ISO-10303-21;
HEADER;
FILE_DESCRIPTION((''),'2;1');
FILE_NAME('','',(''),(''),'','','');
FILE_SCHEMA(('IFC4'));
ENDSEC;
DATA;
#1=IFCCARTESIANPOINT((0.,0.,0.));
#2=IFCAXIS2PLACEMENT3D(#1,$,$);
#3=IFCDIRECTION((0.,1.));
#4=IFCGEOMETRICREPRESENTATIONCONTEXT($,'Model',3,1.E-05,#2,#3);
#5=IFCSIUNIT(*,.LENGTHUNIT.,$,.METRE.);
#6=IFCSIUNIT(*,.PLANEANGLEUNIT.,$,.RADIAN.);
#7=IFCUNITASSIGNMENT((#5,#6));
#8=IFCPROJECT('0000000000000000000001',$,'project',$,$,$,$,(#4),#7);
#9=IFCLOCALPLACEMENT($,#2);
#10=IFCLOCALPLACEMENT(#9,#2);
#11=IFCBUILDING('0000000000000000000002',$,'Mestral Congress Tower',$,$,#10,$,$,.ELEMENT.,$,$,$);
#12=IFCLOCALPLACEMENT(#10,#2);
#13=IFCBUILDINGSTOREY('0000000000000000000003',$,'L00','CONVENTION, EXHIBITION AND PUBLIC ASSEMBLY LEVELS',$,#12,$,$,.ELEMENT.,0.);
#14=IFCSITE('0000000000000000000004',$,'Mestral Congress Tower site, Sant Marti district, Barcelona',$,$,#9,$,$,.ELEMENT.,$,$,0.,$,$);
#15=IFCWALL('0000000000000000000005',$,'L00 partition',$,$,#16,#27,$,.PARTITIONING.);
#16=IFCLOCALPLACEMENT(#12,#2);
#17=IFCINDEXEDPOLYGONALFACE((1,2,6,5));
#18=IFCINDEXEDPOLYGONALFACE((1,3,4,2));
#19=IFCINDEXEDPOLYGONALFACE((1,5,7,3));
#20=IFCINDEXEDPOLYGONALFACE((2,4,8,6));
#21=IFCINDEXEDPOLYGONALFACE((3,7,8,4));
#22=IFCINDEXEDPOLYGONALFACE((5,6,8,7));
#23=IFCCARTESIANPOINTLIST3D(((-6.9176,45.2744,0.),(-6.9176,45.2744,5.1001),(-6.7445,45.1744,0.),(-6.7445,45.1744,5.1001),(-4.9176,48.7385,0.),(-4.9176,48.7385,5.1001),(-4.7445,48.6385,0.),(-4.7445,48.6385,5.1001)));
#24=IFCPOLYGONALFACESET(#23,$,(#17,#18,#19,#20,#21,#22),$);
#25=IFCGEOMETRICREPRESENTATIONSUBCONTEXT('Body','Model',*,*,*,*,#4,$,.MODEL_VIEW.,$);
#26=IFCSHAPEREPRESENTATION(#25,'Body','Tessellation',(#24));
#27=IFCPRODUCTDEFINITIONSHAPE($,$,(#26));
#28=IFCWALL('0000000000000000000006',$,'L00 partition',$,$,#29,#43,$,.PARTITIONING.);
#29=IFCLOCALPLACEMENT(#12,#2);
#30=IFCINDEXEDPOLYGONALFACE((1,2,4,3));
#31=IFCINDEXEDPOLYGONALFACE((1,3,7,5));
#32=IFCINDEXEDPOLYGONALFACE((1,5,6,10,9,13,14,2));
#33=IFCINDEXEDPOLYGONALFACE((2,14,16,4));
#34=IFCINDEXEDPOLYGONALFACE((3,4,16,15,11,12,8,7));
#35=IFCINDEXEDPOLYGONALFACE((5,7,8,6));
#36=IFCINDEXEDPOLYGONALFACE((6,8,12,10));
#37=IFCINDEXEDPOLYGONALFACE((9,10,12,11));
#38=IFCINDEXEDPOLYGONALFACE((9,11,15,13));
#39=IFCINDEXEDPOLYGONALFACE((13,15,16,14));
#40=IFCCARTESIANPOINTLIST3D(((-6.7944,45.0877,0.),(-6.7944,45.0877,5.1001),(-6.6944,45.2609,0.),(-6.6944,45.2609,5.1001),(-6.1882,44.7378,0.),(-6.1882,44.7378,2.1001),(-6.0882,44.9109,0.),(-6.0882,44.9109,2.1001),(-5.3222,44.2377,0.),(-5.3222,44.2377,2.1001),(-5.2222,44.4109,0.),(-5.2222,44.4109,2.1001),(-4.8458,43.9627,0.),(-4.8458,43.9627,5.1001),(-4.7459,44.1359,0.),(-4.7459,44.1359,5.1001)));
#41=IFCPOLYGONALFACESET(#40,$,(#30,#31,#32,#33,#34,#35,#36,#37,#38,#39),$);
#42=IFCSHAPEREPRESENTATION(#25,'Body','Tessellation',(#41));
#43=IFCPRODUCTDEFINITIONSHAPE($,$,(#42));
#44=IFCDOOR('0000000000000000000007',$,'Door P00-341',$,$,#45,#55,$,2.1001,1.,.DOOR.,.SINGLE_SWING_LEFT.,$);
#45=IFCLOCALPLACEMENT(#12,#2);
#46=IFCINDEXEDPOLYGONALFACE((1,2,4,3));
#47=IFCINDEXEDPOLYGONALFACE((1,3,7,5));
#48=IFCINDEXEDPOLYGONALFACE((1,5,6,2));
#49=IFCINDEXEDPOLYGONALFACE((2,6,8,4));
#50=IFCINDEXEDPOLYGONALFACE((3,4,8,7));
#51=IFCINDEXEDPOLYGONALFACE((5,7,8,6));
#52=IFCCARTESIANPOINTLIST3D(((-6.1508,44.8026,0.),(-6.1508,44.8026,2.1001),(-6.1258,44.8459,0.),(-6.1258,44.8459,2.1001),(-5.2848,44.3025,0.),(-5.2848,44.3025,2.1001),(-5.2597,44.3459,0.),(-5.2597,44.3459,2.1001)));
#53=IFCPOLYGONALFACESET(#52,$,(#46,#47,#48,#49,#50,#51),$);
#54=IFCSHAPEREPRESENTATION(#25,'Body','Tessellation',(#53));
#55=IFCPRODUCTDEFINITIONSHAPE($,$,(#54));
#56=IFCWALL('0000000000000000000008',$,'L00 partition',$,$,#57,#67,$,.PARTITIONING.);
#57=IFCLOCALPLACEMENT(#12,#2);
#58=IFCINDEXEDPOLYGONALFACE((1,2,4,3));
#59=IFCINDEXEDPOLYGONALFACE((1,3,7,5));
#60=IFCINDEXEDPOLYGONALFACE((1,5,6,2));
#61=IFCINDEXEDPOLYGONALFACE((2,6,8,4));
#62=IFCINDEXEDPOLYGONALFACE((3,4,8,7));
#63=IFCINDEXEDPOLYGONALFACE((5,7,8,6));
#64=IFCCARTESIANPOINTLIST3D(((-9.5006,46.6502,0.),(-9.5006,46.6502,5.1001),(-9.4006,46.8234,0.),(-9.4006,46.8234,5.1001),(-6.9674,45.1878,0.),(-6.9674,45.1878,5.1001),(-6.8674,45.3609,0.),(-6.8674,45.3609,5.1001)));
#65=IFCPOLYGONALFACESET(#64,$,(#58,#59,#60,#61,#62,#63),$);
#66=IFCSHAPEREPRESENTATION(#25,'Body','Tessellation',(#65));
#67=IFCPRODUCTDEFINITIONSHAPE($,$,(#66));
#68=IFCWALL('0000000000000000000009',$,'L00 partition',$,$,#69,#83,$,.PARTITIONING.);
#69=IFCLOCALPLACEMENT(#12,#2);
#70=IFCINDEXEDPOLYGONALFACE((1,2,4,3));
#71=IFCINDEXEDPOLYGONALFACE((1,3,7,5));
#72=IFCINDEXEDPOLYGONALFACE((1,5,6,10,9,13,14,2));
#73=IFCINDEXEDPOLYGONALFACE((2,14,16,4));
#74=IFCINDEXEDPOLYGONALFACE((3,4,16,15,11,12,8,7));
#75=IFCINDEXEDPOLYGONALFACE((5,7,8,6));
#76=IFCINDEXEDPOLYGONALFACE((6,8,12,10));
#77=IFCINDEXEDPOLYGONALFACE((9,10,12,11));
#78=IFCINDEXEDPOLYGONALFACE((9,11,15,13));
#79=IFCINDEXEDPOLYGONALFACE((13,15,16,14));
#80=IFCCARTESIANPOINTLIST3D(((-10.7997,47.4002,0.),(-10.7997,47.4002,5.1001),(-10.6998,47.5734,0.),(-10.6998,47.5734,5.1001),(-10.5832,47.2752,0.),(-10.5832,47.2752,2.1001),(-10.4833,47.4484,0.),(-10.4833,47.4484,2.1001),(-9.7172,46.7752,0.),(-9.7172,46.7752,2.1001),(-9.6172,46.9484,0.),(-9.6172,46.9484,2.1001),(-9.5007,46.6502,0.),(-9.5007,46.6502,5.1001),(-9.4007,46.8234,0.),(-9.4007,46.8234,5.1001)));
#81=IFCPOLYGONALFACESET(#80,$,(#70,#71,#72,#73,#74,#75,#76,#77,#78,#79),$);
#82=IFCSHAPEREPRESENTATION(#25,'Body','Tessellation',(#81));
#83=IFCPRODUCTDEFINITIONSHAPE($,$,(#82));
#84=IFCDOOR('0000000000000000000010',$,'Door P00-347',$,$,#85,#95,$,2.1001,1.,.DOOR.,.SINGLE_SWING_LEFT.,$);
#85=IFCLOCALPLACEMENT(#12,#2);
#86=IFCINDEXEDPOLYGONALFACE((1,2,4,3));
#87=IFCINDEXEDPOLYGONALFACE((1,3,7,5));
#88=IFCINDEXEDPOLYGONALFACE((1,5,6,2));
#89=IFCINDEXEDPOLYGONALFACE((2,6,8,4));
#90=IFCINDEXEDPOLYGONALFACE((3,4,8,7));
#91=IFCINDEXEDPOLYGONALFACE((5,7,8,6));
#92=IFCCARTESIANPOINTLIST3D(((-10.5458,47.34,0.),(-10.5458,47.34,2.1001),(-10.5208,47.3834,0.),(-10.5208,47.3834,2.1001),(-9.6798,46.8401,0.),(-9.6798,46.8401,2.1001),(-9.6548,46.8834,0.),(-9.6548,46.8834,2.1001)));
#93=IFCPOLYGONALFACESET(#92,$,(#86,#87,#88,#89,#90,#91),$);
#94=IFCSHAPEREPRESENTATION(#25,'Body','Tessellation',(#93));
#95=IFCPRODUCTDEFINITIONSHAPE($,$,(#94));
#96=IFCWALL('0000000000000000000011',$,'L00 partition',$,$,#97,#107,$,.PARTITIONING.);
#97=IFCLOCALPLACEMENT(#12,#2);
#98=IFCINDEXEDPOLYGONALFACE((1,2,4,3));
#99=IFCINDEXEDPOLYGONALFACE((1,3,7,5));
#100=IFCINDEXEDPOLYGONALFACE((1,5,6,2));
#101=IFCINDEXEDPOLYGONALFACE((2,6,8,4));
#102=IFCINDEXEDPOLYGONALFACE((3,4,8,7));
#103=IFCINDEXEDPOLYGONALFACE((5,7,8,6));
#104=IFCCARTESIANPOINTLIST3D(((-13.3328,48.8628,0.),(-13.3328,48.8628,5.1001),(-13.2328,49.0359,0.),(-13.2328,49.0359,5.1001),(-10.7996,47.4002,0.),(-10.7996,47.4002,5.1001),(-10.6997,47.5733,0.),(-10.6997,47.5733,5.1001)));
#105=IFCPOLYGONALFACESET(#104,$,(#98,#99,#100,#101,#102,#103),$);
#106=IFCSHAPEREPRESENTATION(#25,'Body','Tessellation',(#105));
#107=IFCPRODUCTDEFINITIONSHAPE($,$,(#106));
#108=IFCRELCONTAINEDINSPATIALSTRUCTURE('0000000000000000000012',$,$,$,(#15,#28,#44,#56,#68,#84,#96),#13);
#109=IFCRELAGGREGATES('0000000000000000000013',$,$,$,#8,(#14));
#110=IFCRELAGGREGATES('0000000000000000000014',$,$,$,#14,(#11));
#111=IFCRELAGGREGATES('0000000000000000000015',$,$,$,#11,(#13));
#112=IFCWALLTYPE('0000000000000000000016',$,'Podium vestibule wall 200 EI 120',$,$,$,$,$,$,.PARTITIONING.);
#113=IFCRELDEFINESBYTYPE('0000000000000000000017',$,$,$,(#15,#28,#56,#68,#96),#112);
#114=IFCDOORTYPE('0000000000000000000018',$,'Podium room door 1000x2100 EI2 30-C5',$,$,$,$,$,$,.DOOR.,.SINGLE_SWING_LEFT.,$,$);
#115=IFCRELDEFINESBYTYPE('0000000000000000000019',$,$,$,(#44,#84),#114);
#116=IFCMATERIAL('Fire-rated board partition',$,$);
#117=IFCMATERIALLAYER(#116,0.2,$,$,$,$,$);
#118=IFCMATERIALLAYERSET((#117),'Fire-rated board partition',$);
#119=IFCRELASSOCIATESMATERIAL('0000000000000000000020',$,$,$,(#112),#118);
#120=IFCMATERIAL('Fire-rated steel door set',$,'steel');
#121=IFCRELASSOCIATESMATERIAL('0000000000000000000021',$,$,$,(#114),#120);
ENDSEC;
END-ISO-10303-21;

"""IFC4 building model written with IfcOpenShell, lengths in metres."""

from ifc_helpers import new_model, si_unit, direction, frame, frame_2d, origin, place, context, subcontext, project, spatial, rectangle, extrude, material, layer, layer_set, type_object, element, fill, save


model = new_model("IFC4")

# Units and contexts
model_context = context("Model", 3, precision=1e-05, world=origin(), true_north=direction((0.0, 1.0)))
body_context = subcontext(model_context, "Body", "Model", "MODEL_VIEW")
ifc_project = project(units=[si_unit("LENGTHUNIT", "METRE"), si_unit("PLANEANGLEUNIT", "RADIAN")], contexts=[model_context])

# Site, building, storey
site_placement = place(None, origin())
site = spatial("IfcSite", under=ifc_project, at=site_placement, Name="Mestral Congress Tower site, Sant Marti district, Barcelona", CompositionType="ELEMENT", RefElevation=0.0)
building_placement = place(site_placement, origin())
building = spatial("IfcBuilding", under=site, at=building_placement, Name="Mestral Congress Tower", CompositionType="ELEMENT")
storey_placement = place(building_placement, origin())
storey = spatial("IfcBuildingStorey", under=building, at=storey_placement, Name="L00", Description="CONVENTION, EXHIBITION AND PUBLIC ASSEMBLY LEVELS", CompositionType="ELEMENT", Elevation=0.0)

# Shared definitions
ifc_material_1 = material(Name="Fire-rated steel door set", Category="steel")

# Shared definitions
ifc_material_2 = material(Name="Fire-rated board partition")
ifc_layer_1 = layer(ifc_material_2, 0.2)
ifc_layer_set_1 = layer_set([ifc_layer_1], Name="Fire-rated board partition")
wall_type_1 = type_object("IfcWallType", Name="Podium vestibule wall 200 EI 120", PredefinedType="PARTITIONING", material=ifc_layer_set_1)

# Wall
wall_1_placement = place(storey_placement, frame((-4.8311, 48.6885, 0.0), z_axis=(0.0, 0.0, 1.0), x_axis=(-0.499999, -0.866026, 0.0)))
element("IfcWall", 1, at=wall_1_placement, inside=storey, type_object=wall_type_1, Name="L00 partition", PredefinedType="PARTITIONING", context=body_context, shape_type="SweptSolid", body=[
    extrude(rectangle(XDim=4.0, YDim=0.2, at=frame_2d((2.0, 0.0))), origin(), (0.0, 0.0, 1.0), 5.1001),
])

# Wall, opening, door
wall_2_placement = place(storey_placement, frame((-6.7444, 45.1743, 0.0), z_axis=(0.0, 0.0, 1.0), x_axis=(0.866018, -0.500014, 0.0)))
wall_2 = element("IfcWall", 2, at=wall_2_placement, inside=storey, type_object=wall_type_1, Name="L00 partition", PredefinedType="PARTITIONING", context=body_context, shape_type="SweptSolid", body=[
    extrude(rectangle(XDim=2.25, YDim=0.2, at=frame_2d((1.125, 0.0))), origin(), (0.0, 0.0, 1.0), 5.1001),
])
opening_1_placement = place(wall_2_placement, frame((0.7, 0.0, 0.0)))
opening_1 = element("IfcOpeningElement", 3, at=opening_1_placement, cuts=wall_2, PredefinedType="OPENING", context=body_context, shape_type="SweptSolid", body=[
    extrude(rectangle(XDim=1.0, YDim=2.1001, at=frame_2d((0.5, 1.05))), frame((0.0, 0.1099, 0.0), z_axis=(0.0, -1.0, 0.0), x_axis=(1.0, 0.0, 0.0)), (0.0, 0.0, 1.0), 0.22),
])
door_type_1 = type_object("IfcDoorType", Name="Podium room door 1000x2100 EI2 30-C5", OperationType="SINGLE_SWING_LEFT", PredefinedType="DOOR", material=ifc_material_1)
door_1_placement = place(opening_1_placement, origin())
door_1 = element("IfcDoor", 4, at=door_1_placement, inside=storey, type_object=door_type_1, Name="Door P00-341", OperationType="SINGLE_SWING_LEFT", OverallHeight=2.1001, OverallWidth=1.0, PredefinedType="DOOR", context=body_context, shape_type="SweptSolid", body=[
    extrude(rectangle(XDim=1.0, YDim=2.1001, at=frame_2d((0.5, 1.05))), frame((0.0, 0.0249, 0.0), z_axis=(0.0, -1.0, 0.0), x_axis=(1.0, 0.0, 0.0)), (0.0, 0.0, 1.0), 0.05),
])
fill(opening_1, door_1)

# Wall
wall_3_placement = place(storey_placement, frame((-6.9175, 45.2744, 0.0), z_axis=(0.0, 0.0, 1.0), x_axis=(-0.866047, 0.499963, 0.0)))
element("IfcWall", 5, at=wall_3_placement, inside=storey, type_object=wall_type_1, Name="L00 partition", PredefinedType="PARTITIONING", context=body_context, shape_type="SweptSolid", body=[
    extrude(rectangle(XDim=2.925, YDim=0.2, at=frame_2d((1.4624, 0.0))), origin(), (0.0, 0.0, 1.0), 5.1001),
])

# Wall, opening, door
wall_4_placement = place(storey_placement, frame((-10.7498, 47.4868, 0.0), z_axis=(0.0, 0.0, 1.0), x_axis=(0.866031, -0.49999, 0.0)))
wall_4 = element("IfcWall", 6, at=wall_4_placement, inside=storey, type_object=wall_type_1, Name="L00 partition", PredefinedType="PARTITIONING", context=body_context, shape_type="SweptSolid", body=[
    extrude(rectangle(XDim=1.5, YDim=0.2, at=frame_2d((0.75, 0.0))), origin(), (0.0, 0.0, 1.0), 5.1001),
])
opening_2_placement = place(wall_4_placement, frame((0.25, 0.0, 0.0)))
opening_2 = element("IfcOpeningElement", 7, at=opening_2_placement, cuts=wall_4, PredefinedType="OPENING", context=body_context, shape_type="SweptSolid", body=[
    extrude(rectangle(XDim=1.0, YDim=2.1001, at=frame_2d((0.5, 1.05))), frame((0.0, 0.1099, 0.0), z_axis=(0.0, -1.0, 0.0), x_axis=(1.0, 0.0, 0.0)), (0.0, 0.0, 1.0), 0.22),
])
door_2_placement = place(opening_2_placement, origin())
door_2 = element("IfcDoor", 8, at=door_2_placement, inside=storey, type_object=door_type_1, Name="Door P00-347", OperationType="SINGLE_SWING_LEFT", OverallHeight=2.1001, OverallWidth=1.0, PredefinedType="DOOR", context=body_context, shape_type="SweptSolid", body=[
    extrude(rectangle(XDim=1.0, YDim=2.1001, at=frame_2d((0.5, 1.05))), frame((0.0, 0.0249, 0.0), z_axis=(0.0, -1.0, 0.0), x_axis=(1.0, 0.0, 0.0)), (0.0, 0.0, 1.0), 0.05),
])
fill(opening_2, door_2)

# Wall
wall_5_placement = place(storey_placement, frame((-10.7498, 47.4868, 0.0), z_axis=(0.0, 0.0, 1.0), x_axis=(-0.86601, 0.500026, 0.0)))
element("IfcWall", 9, at=wall_5_placement, inside=storey, type_object=wall_type_1, Name="L00 partition", PredefinedType="PARTITIONING", context=body_context, shape_type="SweptSolid", body=[
    extrude(rectangle(XDim=2.925, YDim=0.2, at=frame_2d((1.4624, 0.0))), origin(), (0.0, 0.0, 1.0), 5.1001),
])

save(model, "model.ifc")
